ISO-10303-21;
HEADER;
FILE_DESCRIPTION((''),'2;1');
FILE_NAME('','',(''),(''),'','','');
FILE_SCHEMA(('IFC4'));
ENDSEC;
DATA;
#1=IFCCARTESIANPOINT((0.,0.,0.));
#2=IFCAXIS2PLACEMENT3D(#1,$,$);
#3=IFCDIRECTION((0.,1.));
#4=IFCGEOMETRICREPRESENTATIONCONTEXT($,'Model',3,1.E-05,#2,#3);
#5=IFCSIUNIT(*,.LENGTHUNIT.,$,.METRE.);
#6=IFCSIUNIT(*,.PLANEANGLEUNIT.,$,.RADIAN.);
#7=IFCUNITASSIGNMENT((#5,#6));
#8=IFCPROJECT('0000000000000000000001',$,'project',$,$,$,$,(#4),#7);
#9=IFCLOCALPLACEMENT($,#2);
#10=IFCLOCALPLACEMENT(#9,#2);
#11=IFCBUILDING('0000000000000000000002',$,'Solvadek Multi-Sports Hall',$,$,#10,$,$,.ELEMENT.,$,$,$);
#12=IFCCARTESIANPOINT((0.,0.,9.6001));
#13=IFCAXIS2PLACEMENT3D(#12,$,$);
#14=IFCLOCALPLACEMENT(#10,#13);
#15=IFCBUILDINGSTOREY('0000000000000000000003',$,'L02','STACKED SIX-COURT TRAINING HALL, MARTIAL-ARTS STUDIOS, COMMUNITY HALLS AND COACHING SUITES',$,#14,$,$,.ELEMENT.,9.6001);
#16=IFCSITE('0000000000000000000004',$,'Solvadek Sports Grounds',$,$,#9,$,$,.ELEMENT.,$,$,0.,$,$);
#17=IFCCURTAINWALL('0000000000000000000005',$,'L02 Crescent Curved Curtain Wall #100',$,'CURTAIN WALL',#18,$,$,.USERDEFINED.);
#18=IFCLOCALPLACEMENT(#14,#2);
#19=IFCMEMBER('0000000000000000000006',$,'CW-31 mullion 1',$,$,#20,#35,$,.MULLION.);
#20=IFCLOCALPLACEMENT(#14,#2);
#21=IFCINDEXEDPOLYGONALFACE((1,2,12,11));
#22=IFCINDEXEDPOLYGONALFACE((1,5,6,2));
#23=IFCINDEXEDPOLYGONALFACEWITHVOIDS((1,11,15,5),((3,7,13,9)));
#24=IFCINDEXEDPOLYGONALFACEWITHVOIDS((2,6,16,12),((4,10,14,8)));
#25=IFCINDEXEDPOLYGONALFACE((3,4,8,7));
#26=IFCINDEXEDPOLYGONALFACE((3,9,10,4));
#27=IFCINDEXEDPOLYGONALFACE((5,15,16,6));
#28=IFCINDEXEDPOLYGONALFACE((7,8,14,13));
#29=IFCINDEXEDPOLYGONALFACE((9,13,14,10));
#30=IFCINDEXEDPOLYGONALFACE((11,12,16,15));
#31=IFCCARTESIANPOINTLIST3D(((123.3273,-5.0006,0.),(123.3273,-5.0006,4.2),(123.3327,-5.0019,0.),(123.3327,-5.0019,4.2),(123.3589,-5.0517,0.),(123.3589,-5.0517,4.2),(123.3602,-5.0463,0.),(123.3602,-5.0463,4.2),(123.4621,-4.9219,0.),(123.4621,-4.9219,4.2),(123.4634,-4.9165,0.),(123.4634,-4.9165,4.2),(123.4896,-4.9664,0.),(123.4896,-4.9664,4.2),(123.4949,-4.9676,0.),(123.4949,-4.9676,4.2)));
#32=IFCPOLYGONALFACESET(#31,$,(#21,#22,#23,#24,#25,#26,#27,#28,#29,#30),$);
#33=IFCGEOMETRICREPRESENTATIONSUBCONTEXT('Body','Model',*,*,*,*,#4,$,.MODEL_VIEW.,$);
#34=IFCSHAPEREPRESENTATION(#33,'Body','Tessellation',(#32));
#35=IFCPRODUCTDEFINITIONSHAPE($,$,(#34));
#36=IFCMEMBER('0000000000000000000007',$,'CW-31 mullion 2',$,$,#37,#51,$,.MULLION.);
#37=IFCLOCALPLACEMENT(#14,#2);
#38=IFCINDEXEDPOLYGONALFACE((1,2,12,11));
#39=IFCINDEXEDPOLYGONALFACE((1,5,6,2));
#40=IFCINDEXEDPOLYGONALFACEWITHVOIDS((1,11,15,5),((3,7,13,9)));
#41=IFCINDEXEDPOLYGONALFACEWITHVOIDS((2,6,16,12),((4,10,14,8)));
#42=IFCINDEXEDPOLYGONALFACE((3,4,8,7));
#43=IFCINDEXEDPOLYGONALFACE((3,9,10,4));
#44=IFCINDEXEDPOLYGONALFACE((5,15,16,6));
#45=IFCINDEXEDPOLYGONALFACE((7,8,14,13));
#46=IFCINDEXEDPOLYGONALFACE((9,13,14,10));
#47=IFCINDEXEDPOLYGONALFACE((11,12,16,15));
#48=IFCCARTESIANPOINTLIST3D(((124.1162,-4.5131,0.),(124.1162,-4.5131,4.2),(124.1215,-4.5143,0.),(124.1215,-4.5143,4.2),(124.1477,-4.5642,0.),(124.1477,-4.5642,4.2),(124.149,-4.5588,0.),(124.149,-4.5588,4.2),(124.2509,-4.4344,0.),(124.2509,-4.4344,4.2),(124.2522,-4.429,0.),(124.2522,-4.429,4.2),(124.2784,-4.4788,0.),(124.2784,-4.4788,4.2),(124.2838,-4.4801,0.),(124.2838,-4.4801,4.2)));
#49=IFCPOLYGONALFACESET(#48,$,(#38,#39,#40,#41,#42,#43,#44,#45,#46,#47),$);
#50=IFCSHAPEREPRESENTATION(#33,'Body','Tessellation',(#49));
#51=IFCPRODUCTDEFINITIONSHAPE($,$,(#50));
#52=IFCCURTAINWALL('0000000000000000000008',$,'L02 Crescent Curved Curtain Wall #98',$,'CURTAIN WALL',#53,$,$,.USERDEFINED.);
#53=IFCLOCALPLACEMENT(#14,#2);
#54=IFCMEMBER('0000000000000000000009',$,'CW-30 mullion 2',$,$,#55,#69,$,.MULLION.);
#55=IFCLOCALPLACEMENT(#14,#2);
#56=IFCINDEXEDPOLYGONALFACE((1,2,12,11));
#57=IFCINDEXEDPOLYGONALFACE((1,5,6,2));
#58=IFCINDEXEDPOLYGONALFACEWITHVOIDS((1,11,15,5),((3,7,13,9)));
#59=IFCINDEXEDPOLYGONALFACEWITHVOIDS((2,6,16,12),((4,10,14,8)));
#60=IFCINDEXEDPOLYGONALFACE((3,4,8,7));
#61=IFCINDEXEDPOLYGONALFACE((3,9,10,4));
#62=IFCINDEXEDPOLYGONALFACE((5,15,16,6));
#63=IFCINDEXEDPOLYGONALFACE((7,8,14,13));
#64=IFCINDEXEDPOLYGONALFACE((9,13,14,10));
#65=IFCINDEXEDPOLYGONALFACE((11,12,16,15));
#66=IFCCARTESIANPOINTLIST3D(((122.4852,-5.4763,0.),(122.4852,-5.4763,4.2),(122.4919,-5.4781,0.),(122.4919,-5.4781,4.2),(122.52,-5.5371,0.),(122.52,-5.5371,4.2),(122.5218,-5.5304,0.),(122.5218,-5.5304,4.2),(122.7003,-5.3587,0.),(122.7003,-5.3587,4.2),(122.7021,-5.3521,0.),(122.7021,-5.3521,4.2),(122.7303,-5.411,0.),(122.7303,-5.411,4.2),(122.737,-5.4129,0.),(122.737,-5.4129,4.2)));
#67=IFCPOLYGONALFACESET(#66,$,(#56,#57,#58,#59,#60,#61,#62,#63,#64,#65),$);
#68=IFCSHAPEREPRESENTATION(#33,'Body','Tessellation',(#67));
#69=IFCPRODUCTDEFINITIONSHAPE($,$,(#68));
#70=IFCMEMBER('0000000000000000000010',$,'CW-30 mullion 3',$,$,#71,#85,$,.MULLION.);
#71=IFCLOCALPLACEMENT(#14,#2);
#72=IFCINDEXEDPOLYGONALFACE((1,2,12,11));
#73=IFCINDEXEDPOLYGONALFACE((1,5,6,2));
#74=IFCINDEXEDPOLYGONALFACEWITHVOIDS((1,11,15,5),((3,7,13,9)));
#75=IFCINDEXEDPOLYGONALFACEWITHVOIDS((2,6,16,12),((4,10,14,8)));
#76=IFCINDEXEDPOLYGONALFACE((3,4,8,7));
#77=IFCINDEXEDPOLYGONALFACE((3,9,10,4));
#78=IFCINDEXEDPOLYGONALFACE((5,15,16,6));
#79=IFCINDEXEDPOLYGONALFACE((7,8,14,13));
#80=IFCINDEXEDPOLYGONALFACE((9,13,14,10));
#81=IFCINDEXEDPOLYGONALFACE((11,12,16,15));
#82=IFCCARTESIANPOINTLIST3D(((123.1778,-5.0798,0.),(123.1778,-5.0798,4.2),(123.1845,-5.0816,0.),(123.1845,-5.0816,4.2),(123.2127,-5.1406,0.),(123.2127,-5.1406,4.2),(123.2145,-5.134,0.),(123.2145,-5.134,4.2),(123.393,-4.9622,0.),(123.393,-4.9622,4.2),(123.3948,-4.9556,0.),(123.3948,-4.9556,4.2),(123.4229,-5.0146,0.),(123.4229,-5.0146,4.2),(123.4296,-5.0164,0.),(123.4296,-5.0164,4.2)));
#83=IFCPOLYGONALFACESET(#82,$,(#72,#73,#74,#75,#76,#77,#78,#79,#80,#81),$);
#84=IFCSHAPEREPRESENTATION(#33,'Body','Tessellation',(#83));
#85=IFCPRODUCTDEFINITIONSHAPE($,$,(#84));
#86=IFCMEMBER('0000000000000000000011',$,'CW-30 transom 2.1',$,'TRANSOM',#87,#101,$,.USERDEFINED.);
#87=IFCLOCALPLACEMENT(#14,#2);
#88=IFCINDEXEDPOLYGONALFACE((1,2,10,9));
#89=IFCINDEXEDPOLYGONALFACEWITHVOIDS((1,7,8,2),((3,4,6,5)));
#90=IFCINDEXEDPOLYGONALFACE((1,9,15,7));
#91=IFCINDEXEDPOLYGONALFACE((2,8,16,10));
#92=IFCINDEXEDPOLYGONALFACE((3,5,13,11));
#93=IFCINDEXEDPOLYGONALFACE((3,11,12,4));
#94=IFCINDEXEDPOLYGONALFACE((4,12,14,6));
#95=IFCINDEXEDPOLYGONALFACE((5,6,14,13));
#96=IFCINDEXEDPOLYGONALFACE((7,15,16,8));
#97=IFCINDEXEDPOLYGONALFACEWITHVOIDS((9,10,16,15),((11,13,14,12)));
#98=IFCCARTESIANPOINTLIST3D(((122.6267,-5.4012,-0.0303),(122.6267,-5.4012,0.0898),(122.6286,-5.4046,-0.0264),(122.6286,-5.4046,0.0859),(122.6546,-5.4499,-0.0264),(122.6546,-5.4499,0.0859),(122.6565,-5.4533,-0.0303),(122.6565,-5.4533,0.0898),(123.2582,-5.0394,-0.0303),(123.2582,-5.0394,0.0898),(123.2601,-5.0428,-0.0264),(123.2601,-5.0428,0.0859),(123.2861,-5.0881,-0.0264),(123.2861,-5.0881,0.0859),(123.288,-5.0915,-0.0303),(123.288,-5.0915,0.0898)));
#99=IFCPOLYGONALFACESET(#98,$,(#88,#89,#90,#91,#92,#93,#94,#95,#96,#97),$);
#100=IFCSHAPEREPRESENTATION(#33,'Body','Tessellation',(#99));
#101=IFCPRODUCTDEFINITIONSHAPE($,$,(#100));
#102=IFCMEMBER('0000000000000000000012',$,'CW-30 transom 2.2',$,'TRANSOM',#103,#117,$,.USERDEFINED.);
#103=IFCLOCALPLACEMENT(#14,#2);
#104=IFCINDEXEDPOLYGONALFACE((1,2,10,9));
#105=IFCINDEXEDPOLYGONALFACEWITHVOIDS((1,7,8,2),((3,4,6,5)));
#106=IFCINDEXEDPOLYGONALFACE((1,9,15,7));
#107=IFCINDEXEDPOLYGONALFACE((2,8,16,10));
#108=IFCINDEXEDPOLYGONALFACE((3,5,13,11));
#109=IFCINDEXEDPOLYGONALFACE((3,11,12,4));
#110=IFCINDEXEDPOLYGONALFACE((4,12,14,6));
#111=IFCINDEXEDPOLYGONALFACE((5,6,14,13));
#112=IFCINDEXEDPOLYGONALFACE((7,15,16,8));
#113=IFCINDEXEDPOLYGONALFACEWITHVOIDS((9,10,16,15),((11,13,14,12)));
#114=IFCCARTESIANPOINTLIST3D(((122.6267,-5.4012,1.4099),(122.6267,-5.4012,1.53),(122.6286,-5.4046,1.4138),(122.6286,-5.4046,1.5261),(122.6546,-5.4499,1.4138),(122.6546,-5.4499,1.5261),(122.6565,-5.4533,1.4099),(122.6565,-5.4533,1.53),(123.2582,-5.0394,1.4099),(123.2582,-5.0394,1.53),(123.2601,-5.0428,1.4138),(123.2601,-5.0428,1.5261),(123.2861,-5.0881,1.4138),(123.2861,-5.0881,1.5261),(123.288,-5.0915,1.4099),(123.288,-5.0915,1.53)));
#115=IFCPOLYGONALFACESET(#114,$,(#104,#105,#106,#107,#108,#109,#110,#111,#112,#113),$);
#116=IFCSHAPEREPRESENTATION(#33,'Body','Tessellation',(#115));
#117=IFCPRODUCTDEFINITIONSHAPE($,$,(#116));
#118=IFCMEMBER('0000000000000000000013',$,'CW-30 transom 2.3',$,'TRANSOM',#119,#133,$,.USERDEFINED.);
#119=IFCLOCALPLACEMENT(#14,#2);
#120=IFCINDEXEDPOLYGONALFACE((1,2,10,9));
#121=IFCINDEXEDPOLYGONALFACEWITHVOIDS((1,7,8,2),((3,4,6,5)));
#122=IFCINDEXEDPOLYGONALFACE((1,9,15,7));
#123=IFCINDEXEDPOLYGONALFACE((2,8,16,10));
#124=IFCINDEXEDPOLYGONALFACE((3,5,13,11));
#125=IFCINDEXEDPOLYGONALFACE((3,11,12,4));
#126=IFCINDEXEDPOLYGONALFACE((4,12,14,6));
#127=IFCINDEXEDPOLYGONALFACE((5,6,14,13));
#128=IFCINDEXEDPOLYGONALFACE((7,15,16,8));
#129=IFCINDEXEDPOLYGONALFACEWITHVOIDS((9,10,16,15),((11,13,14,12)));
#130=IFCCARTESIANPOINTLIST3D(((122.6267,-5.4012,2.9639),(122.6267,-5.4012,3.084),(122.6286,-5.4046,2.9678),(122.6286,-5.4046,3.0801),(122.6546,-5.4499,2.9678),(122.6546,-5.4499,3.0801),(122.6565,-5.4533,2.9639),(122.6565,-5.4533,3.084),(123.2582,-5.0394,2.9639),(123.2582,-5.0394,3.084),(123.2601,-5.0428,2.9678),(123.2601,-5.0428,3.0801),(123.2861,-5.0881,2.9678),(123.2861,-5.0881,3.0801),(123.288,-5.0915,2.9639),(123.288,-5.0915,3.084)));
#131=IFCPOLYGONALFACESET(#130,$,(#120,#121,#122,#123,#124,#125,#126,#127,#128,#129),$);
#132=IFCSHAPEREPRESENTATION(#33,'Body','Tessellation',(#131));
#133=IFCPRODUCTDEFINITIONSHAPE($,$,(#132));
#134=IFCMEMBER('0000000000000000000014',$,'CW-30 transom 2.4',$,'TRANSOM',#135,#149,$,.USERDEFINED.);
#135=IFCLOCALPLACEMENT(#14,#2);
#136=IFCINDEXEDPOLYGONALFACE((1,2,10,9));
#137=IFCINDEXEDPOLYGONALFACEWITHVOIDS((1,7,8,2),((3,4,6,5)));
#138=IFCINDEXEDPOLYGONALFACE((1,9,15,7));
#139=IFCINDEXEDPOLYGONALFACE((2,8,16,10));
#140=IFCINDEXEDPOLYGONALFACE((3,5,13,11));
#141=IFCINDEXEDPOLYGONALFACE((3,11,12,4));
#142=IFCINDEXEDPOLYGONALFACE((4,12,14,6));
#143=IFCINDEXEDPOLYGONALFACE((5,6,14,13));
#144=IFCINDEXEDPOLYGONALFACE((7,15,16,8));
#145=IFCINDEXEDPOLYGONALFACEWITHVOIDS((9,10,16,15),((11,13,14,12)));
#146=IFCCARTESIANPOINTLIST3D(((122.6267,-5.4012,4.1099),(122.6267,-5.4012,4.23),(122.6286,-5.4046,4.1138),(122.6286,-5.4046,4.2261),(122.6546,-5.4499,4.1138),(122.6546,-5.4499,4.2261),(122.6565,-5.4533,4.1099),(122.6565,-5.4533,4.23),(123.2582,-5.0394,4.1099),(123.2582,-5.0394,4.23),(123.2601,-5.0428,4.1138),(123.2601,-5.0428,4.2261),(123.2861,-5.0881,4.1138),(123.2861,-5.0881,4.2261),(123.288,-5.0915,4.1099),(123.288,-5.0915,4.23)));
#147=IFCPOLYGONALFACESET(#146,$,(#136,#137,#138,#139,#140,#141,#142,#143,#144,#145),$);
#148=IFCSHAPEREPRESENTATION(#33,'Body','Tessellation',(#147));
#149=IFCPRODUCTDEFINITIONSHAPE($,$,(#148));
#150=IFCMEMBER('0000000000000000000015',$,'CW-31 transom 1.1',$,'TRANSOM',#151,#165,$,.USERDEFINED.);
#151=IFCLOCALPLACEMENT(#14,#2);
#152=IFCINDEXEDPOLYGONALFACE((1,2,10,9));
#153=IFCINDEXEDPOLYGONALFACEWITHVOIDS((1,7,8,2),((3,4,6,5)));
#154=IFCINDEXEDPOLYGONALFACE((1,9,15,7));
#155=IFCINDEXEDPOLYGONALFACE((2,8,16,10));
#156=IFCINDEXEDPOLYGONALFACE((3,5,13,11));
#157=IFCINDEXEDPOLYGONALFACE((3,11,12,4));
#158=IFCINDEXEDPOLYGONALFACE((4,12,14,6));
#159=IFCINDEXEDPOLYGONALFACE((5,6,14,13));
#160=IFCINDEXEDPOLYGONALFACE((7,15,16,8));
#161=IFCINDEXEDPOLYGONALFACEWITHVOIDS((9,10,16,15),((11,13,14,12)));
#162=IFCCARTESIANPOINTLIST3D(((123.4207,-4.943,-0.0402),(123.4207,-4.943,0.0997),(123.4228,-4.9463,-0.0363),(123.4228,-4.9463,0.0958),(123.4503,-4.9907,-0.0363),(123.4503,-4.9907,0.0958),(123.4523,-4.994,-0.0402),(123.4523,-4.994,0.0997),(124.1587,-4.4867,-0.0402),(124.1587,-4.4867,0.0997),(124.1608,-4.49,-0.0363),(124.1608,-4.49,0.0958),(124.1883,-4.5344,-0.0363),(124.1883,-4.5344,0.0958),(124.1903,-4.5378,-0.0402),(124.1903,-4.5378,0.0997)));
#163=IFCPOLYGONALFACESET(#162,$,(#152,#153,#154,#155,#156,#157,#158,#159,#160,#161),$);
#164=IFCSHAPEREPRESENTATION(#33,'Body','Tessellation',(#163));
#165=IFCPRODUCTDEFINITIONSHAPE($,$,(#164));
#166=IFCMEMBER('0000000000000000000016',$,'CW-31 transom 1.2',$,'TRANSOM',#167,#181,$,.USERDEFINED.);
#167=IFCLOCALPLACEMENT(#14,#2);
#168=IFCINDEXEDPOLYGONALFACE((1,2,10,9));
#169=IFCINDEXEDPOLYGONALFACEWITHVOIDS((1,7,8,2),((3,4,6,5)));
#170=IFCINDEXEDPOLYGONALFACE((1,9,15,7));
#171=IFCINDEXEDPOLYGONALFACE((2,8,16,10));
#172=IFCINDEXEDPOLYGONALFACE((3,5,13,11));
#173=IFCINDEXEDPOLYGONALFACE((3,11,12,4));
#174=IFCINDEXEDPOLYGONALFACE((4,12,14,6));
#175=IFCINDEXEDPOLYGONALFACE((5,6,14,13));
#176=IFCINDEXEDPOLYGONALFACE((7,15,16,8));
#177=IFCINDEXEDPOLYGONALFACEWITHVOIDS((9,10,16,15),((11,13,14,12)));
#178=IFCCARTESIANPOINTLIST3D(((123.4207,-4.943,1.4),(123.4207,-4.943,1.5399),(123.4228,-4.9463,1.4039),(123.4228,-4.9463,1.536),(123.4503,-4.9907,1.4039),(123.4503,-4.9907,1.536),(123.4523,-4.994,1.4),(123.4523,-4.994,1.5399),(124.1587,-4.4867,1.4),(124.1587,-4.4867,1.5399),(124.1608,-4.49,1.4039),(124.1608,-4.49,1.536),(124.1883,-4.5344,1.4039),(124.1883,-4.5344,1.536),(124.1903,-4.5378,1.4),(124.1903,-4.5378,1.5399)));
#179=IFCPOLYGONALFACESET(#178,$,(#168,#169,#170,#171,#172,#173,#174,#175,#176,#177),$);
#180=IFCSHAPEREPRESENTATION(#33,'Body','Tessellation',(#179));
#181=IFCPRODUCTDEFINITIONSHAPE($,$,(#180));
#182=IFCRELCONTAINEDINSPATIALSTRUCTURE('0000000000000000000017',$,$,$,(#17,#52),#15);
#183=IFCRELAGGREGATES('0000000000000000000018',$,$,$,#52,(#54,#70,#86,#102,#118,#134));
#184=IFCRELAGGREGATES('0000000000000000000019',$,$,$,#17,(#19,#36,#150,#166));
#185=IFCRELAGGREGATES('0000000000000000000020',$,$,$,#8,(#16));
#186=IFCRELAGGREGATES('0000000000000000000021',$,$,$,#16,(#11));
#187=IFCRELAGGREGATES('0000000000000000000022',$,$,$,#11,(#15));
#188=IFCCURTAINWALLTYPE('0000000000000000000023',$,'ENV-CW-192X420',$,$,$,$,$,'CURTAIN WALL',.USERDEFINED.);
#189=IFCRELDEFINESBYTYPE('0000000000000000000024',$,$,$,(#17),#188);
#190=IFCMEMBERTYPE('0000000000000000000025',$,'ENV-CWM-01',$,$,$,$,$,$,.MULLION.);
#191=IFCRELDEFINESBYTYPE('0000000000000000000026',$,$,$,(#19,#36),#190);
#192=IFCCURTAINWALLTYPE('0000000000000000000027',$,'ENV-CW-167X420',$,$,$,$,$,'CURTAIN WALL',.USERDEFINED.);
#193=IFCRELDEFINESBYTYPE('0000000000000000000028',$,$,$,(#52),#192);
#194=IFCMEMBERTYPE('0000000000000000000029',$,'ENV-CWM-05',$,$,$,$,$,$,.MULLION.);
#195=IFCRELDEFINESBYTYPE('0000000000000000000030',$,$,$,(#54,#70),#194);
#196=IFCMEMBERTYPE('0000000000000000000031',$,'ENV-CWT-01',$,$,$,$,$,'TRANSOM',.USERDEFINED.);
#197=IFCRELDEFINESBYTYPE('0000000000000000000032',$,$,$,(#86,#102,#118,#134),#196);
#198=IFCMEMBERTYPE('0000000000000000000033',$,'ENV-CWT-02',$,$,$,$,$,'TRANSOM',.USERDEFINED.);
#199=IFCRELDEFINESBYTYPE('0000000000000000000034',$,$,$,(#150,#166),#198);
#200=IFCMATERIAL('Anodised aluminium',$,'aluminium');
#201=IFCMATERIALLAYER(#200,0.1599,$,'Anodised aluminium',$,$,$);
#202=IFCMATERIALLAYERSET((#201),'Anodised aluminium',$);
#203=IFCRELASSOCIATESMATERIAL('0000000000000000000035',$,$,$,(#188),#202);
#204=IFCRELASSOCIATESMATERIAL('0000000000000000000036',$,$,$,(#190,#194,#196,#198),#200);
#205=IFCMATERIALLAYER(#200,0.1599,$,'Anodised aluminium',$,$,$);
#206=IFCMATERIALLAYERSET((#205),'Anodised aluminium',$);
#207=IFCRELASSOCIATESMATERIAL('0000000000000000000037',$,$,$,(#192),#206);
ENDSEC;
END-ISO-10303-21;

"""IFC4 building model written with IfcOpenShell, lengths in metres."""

from ifc_helpers import new_model, si_unit, direction, frame, origin, origin_2d, place, context, subcontext, project, spatial, hollow_rectangle, extrude, material, layer, layer_set, material_profile, profile_set, type_object, element, aggregate, save


model = new_model("IFC4")

# Units and contexts
model_context = context("Model", 3, precision=1e-05, world=origin(), true_north=direction((0.0, 1.0)))
body_context = subcontext(model_context, "Body", "Model", "MODEL_VIEW")
ifc_project = project(units=[si_unit("LENGTHUNIT", "METRE"), si_unit("PLANEANGLEUNIT", "RADIAN")], contexts=[model_context])

# Site, building, storey
site_placement = place(None, origin())
site = spatial("IfcSite", under=ifc_project, at=site_placement, Name="Solvadek Sports Grounds", CompositionType="ELEMENT", RefElevation=0.0)
building_placement = place(site_placement, origin())
building = spatial("IfcBuilding", under=site, at=building_placement, Name="Solvadek Multi-Sports Hall", CompositionType="ELEMENT")
storey_placement = place(building_placement, frame((0.0, 0.0, 9.6001)))
storey = spatial("IfcBuildingStorey", under=building, at=storey_placement, Name="L02", Description="STACKED SIX-COURT TRAINING HALL, MARTIAL-ARTS STUDIOS, COMMUNITY HALLS AND COACHING SUITES", CompositionType="ELEMENT", Elevation=9.6001)

# Curtain walls, members
ifc_material_1 = material(Name="Anodised aluminium", Category="aluminium")
ifc_layer_1 = layer(ifc_material_1, 0.1599, Name="Anodised aluminium")
ifc_layer_set_1 = layer_set([ifc_layer_1], Name="Anodised aluminium")
curtain_wall_type_1 = type_object("IfcCurtainWallType", Name="ENV-CW-192X420", ElementType="CURTAIN WALL", PredefinedType="USERDEFINED", material=ifc_layer_set_1)
curtain_wall_1_placement = place(storey_placement, origin())
curtain_wall_1 = element("IfcCurtainWall", 1, at=curtain_wall_1_placement, inside=storey, type_object=curtain_wall_type_1, Name="L02 Crescent Curved Curtain Wall #100", ObjectType="CURTAIN WALL", PredefinedType="USERDEFINED")
ifc_material_profile_1 = material_profile(ifc_material_1, hollow_rectangle(XDim=0.0601, YDim=0.1599, WallThickness=0.0039, at=origin_2d()), Name="ALU-M 160x60x4")
ifc_profile_set_1 = profile_set([ifc_material_profile_1], Name="Anodised aluminium")
member_type_1 = type_object("IfcMemberType", Name="ENV-CWM-01", PredefinedType="MULLION", material=ifc_profile_set_1)
member_1_placement = place(storey_placement, frame((123.4111, -4.9841, 0.0), z_axis=(0.0, 0.0, 1.0), x_axis=(-0.525815, 0.850599, 0.0)))
member_1 = element("IfcMember", 2, at=member_1_placement, type_object=member_type_1, Name="CW-31 mullion 1", PredefinedType="MULLION", context=body_context, shape_type="SweptSolid", body=[
    extrude(hollow_rectangle(XDim=0.0601, YDim=0.1599, WallThickness=0.0039, at=origin_2d()), origin(), (0.0, 0.0, 1.0), 4.2),
])
member_2_placement = place(storey_placement, frame((124.2, -4.4966, 0.0), z_axis=(0.0, 0.0, 1.0), x_axis=(-0.525815, 0.850599, 0.0)))
member_2 = element("IfcMember", 3, at=member_2_placement, type_object=member_type_1, Name="CW-31 mullion 2", PredefinedType="MULLION", context=body_context, shape_type="SweptSolid", body=[
    extrude(hollow_rectangle(XDim=0.0601, YDim=0.1599, WallThickness=0.0039, at=origin_2d()), origin(), (0.0, 0.0, 1.0), 4.2),
])
ifc_layer_2 = layer(ifc_material_1, 0.1599, Name="Anodised aluminium")
ifc_layer_set_2 = layer_set([ifc_layer_2], Name="Anodised aluminium")
curtain_wall_type_2 = type_object("IfcCurtainWallType", Name="ENV-CW-167X420", ElementType="CURTAIN WALL", PredefinedType="USERDEFINED", material=ifc_layer_set_2)
curtain_wall_2_placement = place(storey_placement, origin())
curtain_wall_2 = element("IfcCurtainWall", 4, at=curtain_wall_2_placement, inside=storey, type_object=curtain_wall_type_2, Name="L02 Crescent Curved Curtain Wall #98", ObjectType="CURTAIN WALL", PredefinedType="USERDEFINED")
ifc_material_profile_2 = material_profile(ifc_material_1, hollow_rectangle(XDim=0.0701, YDim=0.25, WallThickness=0.0049, at=origin_2d()), Name="ALU-M 250x70x5")
ifc_profile_set_2 = profile_set([ifc_material_profile_2], Name="Anodised aluminium")
member_type_2 = type_object("IfcMemberType", Name="ENV-CWM-05", PredefinedType="MULLION", material=ifc_profile_set_2)
member_3_placement = place(storey_placement, frame((122.6111, -5.4446, 0.0), z_axis=(0.0, 0.0, 1.0), x_axis=(-0.496992, 0.867755, 0.0)))
member_3 = element("IfcMember", 5, at=member_3_placement, type_object=member_type_2, Name="CW-30 mullion 2", PredefinedType="MULLION", context=body_context, shape_type="SweptSolid", body=[
    extrude(hollow_rectangle(XDim=0.0701, YDim=0.25, WallThickness=0.0049, at=origin_2d()), origin(), (0.0, 0.0, 1.0), 4.2),
])
member_4_placement = place(storey_placement, frame((123.3037, -5.0481, 0.0), z_axis=(0.0, 0.0, 1.0), x_axis=(-0.496992, 0.867755, 0.0)))
member_4 = element("IfcMember", 6, at=member_4_placement, type_object=member_type_2, Name="CW-30 mullion 3", PredefinedType="MULLION", context=body_context, shape_type="SweptSolid", body=[
    extrude(hollow_rectangle(XDim=0.0701, YDim=0.25, WallThickness=0.0049, at=origin_2d()), origin(), (0.0, 0.0, 1.0), 4.2),
])
ifc_material_profile_3 = material_profile(ifc_material_1, hollow_rectangle(XDim=0.0601, YDim=0.1201, WallThickness=0.0039, at=origin_2d()), Name="ALU-T 120x60x4")
ifc_profile_set_3 = profile_set([ifc_material_profile_3], Name="Anodised aluminium")
member_type_3 = type_object("IfcMemberType", Name="ENV-CWT-01", ElementType="TRANSOM", PredefinedType="USERDEFINED", material=ifc_profile_set_3)
member_5_placement = place(storey_placement, frame((122.6416, -5.4272, 0.0298), z_axis=(0.867706, 0.497078, 0.0), x_axis=(-0.497078, 0.867706, 0.0)))
member_5 = element("IfcMember", 7, at=member_5_placement, type_object=member_type_3, Name="CW-30 transom 2.1", ObjectType="TRANSOM", PredefinedType="USERDEFINED", context=body_context, shape_type="SweptSolid", body=[
    extrude(hollow_rectangle(XDim=0.0601, YDim=0.1201, WallThickness=0.0039, at=origin_2d()), origin(), (0.0, 0.0, 1.0), 0.7278),
])
member_6_placement = place(storey_placement, frame((122.6416, -5.4272, 1.47), z_axis=(0.867706, 0.497078, 0.0), x_axis=(-0.497078, 0.867706, 0.0)))
member_6 = element("IfcMember", 8, at=member_6_placement, type_object=member_type_3, Name="CW-30 transom 2.2", ObjectType="TRANSOM", PredefinedType="USERDEFINED", context=body_context, shape_type="SweptSolid", body=[
    extrude(hollow_rectangle(XDim=0.0601, YDim=0.1201, WallThickness=0.0039, at=origin_2d()), origin(), (0.0, 0.0, 1.0), 0.7278),
])
member_7_placement = place(storey_placement, frame((122.6416, -5.4272, 3.0239), z_axis=(0.867706, 0.497078, 0.0), x_axis=(-0.497078, 0.867706, 0.0)))
member_7 = element("IfcMember", 9, at=member_7_placement, type_object=member_type_3, Name="CW-30 transom 2.3", ObjectType="TRANSOM", PredefinedType="USERDEFINED", context=body_context, shape_type="SweptSolid", body=[
    extrude(hollow_rectangle(XDim=0.0601, YDim=0.1201, WallThickness=0.0039, at=origin_2d()), origin(), (0.0, 0.0, 1.0), 0.7278),
])
member_8_placement = place(storey_placement, frame((122.6416, -5.4272, 4.1699), z_axis=(0.867706, 0.497078, 0.0), x_axis=(-0.497078, 0.867706, 0.0)))
member_8 = element("IfcMember", 10, at=member_8_placement, type_object=member_type_3, Name="CW-30 transom 2.4", ObjectType="TRANSOM", PredefinedType="USERDEFINED", context=body_context, shape_type="SweptSolid", body=[
    extrude(hollow_rectangle(XDim=0.0601, YDim=0.1201, WallThickness=0.0039, at=origin_2d()), origin(), (0.0, 0.0, 1.0), 0.7278),
])

# Members
ifc_material_profile_4 = material_profile(ifc_material_1, hollow_rectangle(XDim=0.0601, YDim=0.1399, WallThickness=0.0039, at=origin_2d()), Name="ALU-T 140x60x4")
ifc_profile_set_4 = profile_set([ifc_material_profile_4], Name="Anodised aluminium")
member_type_4 = type_object("IfcMemberType", Name="ENV-CWT-02", ElementType="TRANSOM", PredefinedType="USERDEFINED", material=ifc_profile_set_4)
member_9_placement = place(storey_placement, frame((123.4365, -4.9685, 0.0298), z_axis=(0.850565, 0.52587, 0.0), x_axis=(-0.52587, 0.850565, 0.0)))
member_9 = element("IfcMember", 11, at=member_9_placement, type_object=member_type_4, Name="CW-31 transom 1.1", ObjectType="TRANSOM", PredefinedType="USERDEFINED", context=body_context, shape_type="SweptSolid", body=[
    extrude(hollow_rectangle(XDim=0.0601, YDim=0.1399, WallThickness=0.0039, at=origin_2d()), origin(), (0.0, 0.0, 1.0), 0.8677),
])
member_10_placement = place(storey_placement, frame((123.4365, -4.9685, 1.47), z_axis=(0.850565, 0.52587, 0.0), x_axis=(-0.52587, 0.850565, 0.0)))
member_10 = element("IfcMember", 12, at=member_10_placement, type_object=member_type_4, Name="CW-31 transom 1.2", ObjectType="TRANSOM", PredefinedType="USERDEFINED", context=body_context, shape_type="SweptSolid", body=[
    extrude(hollow_rectangle(XDim=0.0601, YDim=0.1399, WallThickness=0.0039, at=origin_2d()), origin(), (0.0, 0.0, 1.0), 0.8677),
])

aggregate(curtain_wall_2, [member_3, member_4, member_5, member_6, member_7, member_8])
aggregate(curtain_wall_1, [member_1, member_2, member_9, member_10])

save(model, "model.ifc")
